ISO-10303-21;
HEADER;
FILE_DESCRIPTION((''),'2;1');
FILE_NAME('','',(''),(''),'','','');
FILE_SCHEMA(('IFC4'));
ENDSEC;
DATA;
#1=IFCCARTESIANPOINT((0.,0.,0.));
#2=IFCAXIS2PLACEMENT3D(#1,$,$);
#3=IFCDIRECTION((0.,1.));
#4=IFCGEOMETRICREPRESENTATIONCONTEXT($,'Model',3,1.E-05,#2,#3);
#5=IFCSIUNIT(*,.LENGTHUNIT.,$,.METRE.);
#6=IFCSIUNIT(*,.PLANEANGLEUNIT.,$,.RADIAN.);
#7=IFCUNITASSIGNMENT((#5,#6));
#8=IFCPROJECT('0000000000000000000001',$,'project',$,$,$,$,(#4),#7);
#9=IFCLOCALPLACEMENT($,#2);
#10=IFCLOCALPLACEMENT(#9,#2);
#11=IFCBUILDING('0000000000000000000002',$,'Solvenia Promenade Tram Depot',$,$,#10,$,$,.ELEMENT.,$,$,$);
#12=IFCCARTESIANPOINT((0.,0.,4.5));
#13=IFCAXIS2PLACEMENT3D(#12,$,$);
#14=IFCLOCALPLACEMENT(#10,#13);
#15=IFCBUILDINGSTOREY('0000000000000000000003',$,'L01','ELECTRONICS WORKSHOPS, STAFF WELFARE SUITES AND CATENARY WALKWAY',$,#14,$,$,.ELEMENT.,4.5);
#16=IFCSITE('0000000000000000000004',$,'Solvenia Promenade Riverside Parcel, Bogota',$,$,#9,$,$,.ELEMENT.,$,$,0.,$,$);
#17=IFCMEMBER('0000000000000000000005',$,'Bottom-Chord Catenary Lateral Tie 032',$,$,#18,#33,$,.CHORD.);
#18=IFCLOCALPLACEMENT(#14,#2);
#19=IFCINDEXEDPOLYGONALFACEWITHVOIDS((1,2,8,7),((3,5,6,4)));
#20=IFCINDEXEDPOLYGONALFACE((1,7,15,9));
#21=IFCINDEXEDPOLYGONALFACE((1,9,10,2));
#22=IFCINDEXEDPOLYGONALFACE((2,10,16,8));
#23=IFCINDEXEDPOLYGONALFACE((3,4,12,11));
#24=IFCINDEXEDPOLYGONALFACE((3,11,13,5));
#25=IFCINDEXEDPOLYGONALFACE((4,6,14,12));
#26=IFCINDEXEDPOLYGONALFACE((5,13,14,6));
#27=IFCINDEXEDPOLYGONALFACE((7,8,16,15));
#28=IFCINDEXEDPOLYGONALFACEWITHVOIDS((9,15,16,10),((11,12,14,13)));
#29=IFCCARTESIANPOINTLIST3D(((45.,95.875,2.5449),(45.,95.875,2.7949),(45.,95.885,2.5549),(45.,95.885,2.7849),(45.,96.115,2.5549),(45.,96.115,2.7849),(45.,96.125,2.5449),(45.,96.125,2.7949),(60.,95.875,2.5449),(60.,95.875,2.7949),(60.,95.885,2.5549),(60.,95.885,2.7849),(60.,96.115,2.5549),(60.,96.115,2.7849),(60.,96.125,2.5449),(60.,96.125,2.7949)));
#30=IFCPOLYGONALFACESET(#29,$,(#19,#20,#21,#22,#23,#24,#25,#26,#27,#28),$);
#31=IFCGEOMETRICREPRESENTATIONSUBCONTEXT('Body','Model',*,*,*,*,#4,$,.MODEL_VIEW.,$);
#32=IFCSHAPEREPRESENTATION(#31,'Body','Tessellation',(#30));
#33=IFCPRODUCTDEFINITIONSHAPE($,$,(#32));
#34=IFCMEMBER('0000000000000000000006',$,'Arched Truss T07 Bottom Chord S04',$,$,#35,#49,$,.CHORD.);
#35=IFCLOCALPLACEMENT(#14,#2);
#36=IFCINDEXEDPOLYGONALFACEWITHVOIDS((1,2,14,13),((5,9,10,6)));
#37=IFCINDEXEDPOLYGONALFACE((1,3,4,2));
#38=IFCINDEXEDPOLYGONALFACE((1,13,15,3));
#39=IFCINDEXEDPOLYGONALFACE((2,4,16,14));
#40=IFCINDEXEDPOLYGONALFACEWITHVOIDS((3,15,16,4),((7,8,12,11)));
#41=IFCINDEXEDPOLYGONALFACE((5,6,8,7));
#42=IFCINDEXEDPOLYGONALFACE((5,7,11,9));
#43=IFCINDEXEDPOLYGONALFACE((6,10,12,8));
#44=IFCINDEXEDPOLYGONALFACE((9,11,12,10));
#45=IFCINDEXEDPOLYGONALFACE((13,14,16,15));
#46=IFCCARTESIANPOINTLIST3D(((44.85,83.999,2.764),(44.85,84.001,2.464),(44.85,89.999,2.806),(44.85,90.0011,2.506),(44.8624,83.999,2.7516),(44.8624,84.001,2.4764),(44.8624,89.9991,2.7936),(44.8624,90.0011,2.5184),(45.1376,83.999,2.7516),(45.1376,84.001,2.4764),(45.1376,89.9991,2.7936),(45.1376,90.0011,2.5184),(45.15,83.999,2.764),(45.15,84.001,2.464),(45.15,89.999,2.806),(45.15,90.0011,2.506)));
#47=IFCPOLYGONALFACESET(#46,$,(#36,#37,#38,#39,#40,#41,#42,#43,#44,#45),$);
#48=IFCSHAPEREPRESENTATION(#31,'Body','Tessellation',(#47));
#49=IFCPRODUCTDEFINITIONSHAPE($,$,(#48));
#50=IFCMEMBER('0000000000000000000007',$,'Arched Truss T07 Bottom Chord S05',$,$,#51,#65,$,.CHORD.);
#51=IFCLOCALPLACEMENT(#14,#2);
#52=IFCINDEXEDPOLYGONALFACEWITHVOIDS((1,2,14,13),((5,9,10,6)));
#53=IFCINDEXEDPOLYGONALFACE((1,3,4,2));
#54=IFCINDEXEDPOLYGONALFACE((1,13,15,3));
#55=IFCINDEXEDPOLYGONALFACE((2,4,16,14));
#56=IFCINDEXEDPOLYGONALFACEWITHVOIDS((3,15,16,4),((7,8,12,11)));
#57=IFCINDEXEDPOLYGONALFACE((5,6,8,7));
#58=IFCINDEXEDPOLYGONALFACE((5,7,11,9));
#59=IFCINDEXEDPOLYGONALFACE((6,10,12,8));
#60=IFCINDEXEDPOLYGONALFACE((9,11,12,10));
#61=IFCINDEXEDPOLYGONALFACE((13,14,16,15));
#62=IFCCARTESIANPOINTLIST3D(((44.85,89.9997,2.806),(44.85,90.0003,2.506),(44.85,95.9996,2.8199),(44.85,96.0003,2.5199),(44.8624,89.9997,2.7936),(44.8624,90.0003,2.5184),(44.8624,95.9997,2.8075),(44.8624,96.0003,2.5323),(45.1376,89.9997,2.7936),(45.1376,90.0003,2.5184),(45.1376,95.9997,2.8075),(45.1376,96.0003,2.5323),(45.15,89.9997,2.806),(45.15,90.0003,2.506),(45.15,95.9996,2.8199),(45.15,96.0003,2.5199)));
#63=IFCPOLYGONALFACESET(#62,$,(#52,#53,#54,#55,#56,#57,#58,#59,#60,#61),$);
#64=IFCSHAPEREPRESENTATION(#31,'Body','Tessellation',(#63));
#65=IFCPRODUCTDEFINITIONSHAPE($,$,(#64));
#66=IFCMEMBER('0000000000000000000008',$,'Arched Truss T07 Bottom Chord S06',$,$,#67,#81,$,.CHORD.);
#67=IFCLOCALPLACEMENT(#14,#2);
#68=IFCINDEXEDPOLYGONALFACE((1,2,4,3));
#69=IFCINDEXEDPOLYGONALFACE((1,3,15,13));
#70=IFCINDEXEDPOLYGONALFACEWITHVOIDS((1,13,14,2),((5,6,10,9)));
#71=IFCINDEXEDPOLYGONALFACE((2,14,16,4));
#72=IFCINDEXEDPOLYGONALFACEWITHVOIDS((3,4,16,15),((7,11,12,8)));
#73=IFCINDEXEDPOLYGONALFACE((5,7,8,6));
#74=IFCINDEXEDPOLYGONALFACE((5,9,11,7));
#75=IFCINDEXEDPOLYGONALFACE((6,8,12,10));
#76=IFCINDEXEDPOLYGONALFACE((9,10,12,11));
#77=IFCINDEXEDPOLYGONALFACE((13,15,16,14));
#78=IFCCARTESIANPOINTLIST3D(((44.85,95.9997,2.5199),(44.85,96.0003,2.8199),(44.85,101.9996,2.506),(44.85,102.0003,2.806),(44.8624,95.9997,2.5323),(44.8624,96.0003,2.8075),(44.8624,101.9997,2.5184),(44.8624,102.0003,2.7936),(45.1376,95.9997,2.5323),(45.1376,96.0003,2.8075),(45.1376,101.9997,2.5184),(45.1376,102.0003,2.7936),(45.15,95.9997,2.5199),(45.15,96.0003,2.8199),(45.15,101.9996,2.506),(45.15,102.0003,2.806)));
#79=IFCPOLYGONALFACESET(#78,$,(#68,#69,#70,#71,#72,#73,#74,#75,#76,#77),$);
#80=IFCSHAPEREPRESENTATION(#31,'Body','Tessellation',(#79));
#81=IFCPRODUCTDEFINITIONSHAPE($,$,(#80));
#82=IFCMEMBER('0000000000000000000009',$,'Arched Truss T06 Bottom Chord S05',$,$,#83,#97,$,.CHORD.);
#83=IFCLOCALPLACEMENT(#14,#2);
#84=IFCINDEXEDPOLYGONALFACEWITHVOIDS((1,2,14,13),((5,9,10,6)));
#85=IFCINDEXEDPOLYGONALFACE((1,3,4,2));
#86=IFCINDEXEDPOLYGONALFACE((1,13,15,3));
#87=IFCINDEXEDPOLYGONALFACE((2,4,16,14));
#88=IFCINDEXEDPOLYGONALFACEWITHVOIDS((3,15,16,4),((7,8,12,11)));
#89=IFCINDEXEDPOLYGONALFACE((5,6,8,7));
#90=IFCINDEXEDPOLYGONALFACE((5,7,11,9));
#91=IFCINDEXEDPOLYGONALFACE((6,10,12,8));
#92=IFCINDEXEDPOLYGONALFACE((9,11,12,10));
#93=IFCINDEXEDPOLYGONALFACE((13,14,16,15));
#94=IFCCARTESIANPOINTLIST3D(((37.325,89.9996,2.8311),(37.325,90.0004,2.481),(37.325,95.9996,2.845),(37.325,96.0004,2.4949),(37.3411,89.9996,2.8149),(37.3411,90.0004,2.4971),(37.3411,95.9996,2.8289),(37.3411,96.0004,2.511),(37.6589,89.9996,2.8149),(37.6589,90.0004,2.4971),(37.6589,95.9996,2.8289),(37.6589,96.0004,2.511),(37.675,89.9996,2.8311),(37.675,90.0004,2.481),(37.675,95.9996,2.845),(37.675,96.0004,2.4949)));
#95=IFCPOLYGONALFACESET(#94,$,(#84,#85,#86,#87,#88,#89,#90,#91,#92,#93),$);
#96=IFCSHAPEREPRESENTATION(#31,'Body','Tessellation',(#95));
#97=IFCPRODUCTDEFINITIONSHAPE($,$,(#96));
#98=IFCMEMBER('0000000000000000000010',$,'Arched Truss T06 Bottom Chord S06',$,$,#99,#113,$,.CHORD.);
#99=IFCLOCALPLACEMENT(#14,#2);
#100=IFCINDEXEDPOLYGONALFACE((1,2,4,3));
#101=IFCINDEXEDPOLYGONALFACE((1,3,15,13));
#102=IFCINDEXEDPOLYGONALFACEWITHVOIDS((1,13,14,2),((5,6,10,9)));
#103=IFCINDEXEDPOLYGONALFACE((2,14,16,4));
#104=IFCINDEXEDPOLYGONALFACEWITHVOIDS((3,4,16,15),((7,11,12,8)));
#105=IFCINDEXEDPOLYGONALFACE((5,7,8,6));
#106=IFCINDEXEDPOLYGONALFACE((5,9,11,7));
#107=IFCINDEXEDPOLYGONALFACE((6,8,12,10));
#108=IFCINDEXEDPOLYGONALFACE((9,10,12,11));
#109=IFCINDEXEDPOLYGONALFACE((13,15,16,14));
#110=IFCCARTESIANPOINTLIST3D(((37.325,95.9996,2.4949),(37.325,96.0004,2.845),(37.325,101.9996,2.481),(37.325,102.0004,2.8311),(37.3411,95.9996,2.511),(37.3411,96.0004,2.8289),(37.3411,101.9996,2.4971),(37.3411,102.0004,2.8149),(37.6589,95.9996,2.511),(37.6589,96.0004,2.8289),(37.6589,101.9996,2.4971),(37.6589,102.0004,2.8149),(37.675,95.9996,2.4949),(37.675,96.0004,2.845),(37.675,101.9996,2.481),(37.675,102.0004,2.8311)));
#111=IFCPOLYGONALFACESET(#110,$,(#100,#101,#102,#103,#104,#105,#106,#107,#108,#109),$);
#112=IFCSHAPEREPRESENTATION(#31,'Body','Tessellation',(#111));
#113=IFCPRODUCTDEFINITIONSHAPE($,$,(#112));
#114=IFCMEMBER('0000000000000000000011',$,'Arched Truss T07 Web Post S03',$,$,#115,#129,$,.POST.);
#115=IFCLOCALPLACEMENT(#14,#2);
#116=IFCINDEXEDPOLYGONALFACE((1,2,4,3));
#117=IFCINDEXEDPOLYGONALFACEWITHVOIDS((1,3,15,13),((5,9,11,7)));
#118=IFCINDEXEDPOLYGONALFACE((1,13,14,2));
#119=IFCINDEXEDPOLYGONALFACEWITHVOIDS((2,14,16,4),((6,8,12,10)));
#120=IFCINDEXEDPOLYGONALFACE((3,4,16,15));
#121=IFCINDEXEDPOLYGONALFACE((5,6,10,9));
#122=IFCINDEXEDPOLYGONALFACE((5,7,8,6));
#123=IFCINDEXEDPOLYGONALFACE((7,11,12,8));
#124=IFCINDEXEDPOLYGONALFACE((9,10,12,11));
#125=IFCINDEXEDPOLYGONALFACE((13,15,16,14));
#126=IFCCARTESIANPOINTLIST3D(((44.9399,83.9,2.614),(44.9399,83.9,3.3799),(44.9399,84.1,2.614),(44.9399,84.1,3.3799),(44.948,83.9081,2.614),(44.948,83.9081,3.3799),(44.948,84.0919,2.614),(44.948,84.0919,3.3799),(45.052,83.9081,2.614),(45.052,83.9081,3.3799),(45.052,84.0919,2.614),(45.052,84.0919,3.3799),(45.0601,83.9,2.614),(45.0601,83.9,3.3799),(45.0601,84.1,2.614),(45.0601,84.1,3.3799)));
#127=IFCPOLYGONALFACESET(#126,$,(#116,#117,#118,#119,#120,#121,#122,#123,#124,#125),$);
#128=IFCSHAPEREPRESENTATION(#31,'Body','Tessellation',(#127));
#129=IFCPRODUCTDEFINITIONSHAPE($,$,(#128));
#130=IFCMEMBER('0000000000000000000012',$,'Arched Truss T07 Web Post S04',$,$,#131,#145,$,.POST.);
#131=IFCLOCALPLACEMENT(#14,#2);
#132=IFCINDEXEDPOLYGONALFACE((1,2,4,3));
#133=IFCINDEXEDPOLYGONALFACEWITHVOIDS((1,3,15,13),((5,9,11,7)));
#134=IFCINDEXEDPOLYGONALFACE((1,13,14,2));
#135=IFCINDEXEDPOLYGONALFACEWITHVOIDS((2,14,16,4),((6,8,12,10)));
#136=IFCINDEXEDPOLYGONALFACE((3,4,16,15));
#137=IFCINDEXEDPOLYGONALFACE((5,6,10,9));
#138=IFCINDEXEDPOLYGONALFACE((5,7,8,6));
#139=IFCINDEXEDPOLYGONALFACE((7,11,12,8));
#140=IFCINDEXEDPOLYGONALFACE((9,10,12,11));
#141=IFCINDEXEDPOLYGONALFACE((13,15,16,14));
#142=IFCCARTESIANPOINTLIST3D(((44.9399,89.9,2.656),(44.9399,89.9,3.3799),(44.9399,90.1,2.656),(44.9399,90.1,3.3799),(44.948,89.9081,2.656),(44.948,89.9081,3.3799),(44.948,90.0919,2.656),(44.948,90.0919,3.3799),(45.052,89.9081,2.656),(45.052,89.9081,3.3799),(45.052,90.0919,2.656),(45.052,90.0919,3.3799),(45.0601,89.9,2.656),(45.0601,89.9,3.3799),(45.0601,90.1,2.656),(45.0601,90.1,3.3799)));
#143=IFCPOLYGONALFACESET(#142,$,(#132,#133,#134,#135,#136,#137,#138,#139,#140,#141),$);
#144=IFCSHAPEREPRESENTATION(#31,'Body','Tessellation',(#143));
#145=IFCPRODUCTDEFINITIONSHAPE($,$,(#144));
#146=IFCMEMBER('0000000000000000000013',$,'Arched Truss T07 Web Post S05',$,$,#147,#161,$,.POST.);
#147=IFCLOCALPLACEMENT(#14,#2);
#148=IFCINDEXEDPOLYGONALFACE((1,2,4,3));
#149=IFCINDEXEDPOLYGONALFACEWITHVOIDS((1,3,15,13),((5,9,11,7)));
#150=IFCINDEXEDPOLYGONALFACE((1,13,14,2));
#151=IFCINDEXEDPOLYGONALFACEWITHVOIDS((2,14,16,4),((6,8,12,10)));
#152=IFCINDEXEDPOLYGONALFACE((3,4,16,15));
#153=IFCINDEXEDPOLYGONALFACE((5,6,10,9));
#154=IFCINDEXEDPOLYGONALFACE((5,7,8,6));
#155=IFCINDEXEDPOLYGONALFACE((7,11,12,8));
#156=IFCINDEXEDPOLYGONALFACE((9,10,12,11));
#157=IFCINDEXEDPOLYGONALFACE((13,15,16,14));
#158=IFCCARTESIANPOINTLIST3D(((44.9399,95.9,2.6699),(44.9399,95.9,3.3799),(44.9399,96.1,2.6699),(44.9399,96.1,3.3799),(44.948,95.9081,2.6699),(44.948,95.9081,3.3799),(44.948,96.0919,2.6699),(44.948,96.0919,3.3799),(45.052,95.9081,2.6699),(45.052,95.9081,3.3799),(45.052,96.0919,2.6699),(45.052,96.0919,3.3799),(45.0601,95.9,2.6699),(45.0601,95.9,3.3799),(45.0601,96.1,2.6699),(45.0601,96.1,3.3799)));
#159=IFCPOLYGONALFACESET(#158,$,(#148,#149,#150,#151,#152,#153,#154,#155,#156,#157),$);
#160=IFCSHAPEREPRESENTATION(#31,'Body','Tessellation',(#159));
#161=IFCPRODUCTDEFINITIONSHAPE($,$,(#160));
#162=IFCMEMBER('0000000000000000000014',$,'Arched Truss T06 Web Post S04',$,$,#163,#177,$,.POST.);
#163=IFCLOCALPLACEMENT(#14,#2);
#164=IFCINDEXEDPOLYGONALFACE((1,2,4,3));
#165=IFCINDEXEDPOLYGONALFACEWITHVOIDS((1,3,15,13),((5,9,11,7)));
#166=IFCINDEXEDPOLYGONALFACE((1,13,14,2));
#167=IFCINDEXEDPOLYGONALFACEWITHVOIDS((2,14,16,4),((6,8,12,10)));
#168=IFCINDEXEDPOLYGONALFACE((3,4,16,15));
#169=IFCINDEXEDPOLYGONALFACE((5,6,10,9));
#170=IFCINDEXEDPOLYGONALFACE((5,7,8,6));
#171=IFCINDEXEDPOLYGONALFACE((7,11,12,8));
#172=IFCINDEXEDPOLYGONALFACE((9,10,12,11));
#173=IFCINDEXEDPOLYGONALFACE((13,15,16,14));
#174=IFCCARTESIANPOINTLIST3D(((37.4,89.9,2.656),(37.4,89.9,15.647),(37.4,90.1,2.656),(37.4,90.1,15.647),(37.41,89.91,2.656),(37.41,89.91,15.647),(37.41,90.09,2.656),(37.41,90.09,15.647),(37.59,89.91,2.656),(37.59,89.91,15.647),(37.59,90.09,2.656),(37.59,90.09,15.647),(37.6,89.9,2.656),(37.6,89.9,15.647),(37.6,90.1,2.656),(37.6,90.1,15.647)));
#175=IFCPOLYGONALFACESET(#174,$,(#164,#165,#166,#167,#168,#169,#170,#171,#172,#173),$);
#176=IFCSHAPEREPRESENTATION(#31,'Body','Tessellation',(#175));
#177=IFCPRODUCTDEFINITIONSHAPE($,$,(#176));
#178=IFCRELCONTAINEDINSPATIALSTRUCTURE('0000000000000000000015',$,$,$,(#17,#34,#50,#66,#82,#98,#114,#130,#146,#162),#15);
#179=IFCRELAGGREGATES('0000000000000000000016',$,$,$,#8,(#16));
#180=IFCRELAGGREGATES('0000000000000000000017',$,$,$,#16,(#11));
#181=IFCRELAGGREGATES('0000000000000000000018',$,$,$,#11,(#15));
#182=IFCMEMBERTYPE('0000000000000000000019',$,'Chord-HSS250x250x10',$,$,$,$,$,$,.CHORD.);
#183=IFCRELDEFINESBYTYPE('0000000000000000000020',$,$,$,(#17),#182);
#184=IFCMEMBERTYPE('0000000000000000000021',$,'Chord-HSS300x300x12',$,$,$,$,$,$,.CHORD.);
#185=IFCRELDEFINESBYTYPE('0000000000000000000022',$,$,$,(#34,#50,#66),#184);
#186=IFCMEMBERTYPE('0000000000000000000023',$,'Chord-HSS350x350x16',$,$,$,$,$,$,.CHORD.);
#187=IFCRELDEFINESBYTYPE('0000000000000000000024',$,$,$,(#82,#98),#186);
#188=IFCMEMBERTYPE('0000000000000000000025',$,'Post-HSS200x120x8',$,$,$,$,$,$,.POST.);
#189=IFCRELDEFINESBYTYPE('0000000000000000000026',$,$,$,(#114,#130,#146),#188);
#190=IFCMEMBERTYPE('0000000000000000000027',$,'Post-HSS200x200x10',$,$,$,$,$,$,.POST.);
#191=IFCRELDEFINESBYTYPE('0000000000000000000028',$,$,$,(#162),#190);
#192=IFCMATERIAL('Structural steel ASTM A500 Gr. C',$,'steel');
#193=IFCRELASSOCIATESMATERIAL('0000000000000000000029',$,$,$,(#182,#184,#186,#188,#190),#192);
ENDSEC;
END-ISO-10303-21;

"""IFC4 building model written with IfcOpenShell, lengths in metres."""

from ifc_helpers import new_model, si_unit, direction, frame, origin, origin_2d, place, context, subcontext, project, spatial, hollow_rectangle, extrude, material, material_profile, profile_set, type_object, element, save


model = new_model("IFC4")

# Units and contexts
model_context = context("Model", 3, precision=1e-05, world=origin(), true_north=direction((0.0, 1.0)))
body_context = subcontext(model_context, "Body", "Model", "MODEL_VIEW")
ifc_project = project(units=[si_unit("LENGTHUNIT", "METRE"), si_unit("PLANEANGLEUNIT", "RADIAN")], contexts=[model_context])

# Site, building, storey
site_placement = place(None, origin())
site = spatial("IfcSite", under=ifc_project, at=site_placement, Name="Solvenia Promenade Riverside Parcel, Bogota", CompositionType="ELEMENT", RefElevation=0.0)
building_placement = place(site_placement, origin())
building = spatial("IfcBuilding", under=site, at=building_placement, Name="Solvenia Promenade Tram Depot", CompositionType="ELEMENT")
storey_placement = place(building_placement, frame((0.0, 0.0, 4.5)))
storey = spatial("IfcBuildingStorey", under=building, at=storey_placement, Name="L01", Description="ELECTRONICS WORKSHOPS, STAFF WELFARE SUITES AND CATENARY WALKWAY", CompositionType="ELEMENT", Elevation=4.5)

# Members
ifc_material = material(Name="Structural steel ASTM A500 Gr. C", Category="steel")
ifc_material_profile_1 = material_profile(ifc_material, hollow_rectangle(XDim=0.25, YDim=0.25, WallThickness=0.01, at=origin_2d()), Name="HSS250x250x10", Category="steel")
ifc_profile_set_1 = profile_set([ifc_material_profile_1], Name="Structural steel ASTM A500 Gr. C")
member_type_1 = type_object("IfcMemberType", Name="Chord-HSS250x250x10", PredefinedType="CHORD", material=ifc_profile_set_1)
for number, where, z_axis, x_axis, name in (
    (1, (45.0, 96.0, 2.6699), (1.0, 0.0, 0.0), (0.0, 1.0, 0.0), "Bottom-Chord Catenary Lateral Tie 032"),
):
    element("IfcMember", number, at=place(storey_placement, frame(where, z_axis=z_axis, x_axis=x_axis)), inside=storey, type_object=member_type_1, Name=name, PredefinedType="CHORD", context=body_context, shape_type="SweptSolid", body=[
        extrude(hollow_rectangle(XDim=0.25, YDim=0.25, WallThickness=0.01, at=origin_2d()), origin(), (0.0, 0.0, 1.0), 15.0),
    ])
ifc_material_profile_2 = material_profile(ifc_material, hollow_rectangle(XDim=0.3, YDim=0.3, WallThickness=0.0125, at=origin_2d()), Name="HSS300x300x12.5", Category="steel")
ifc_profile_set_2 = profile_set([ifc_material_profile_2], Name="Structural steel ASTM A500 Gr. C")
member_type_2 = type_object("IfcMemberType", Name="Chord-HSS300x300x12", PredefinedType="CHORD", material=ifc_profile_set_2)
member_1_placement = place(storey_placement, frame((45.0, 84.0, 2.614), z_axis=(0.0, 0.999976, 0.006999), x_axis=(-1.0, 0.0, 0.0)))
element("IfcMember", 2, at=member_1_placement, inside=storey, type_object=member_type_2, Name="Arched Truss T07 Bottom Chord S04", PredefinedType="CHORD", context=body_context, shape_type="SweptSolid", body=[
    extrude(hollow_rectangle(XDim=0.3, YDim=0.3, WallThickness=0.0125, at=origin_2d()), origin(), (0.0, 0.0, 1.0), 6.0002),
])
for number, where, z_axis, x_axis, name in (
    (3, (45.0, 90.0, 2.656), (0.0, 0.999997, 0.002319), (-1.0, 0.0, 0.0), "Arched Truss T07 Bottom Chord S05"),
    (4, (45.0, 96.0, 2.6699), (0.0, 0.999997, -0.002319), (-1.0, 0.0, 0.0), "Arched Truss T07 Bottom Chord S06"),
):
    element("IfcMember", number, at=place(storey_placement, frame(where, z_axis=z_axis, x_axis=x_axis)), inside=storey, type_object=member_type_2, Name=name, PredefinedType="CHORD", context=body_context, shape_type="SweptSolid", body=[
        extrude(hollow_rectangle(XDim=0.3, YDim=0.3, WallThickness=0.0125, at=origin_2d()), origin(), (0.0, 0.0, 1.0), 6.0),
    ])
ifc_material_profile_3 = material_profile(ifc_material, hollow_rectangle(XDim=0.3501, YDim=0.3501, WallThickness=0.0161, at=origin_2d()), Name="HSS350x350x16", Category="steel")
ifc_profile_set_3 = profile_set([ifc_material_profile_3], Name="Structural steel ASTM A500 Gr. C")
member_type_3 = type_object("IfcMemberType", Name="Chord-HSS350x350x16", PredefinedType="CHORD", material=ifc_profile_set_3)
for number, where, z_axis, x_axis, name in (
    (5, (37.5, 90.0, 2.656), (0.0, 0.999997, 0.002319), (-1.0, 0.0, 0.0), "Arched Truss T06 Bottom Chord S05"),
    (6, (37.5, 96.0, 2.6699), (0.0, 0.999997, -0.002319), (-1.0, 0.0, 0.0), "Arched Truss T06 Bottom Chord S06"),
):
    element("IfcMember", number, at=place(storey_placement, frame(where, z_axis=z_axis, x_axis=x_axis)), inside=storey, type_object=member_type_3, Name=name, PredefinedType="CHORD", context=body_context, shape_type="SweptSolid", body=[
        extrude(hollow_rectangle(XDim=0.3501, YDim=0.3501, WallThickness=0.0161, at=origin_2d()), origin(), (0.0, 0.0, 1.0), 6.0),
    ])
ifc_material_profile_4 = material_profile(ifc_material, hollow_rectangle(XDim=0.1201, YDim=0.2, WallThickness=0.0081, at=origin_2d()), Name="HSS200x120x8", Category="steel")
ifc_profile_set_4 = profile_set([ifc_material_profile_4], Name="Structural steel ASTM A500 Gr. C")
member_type_4 = type_object("IfcMemberType", Name="Post-HSS200x120x8", PredefinedType="POST", material=ifc_profile_set_4)
member_2_placement = place(storey_placement, frame((45.0, 84.0, 2.614), z_axis=(0.0, 0.0, 1.0), x_axis=(1.0, 0.0, 0.0)))
element("IfcMember", 7, at=member_2_placement, inside=storey, type_object=member_type_4, Name="Arched Truss T07 Web Post S03", PredefinedType="POST", context=body_context, shape_type="SweptSolid", body=[
    extrude(hollow_rectangle(XDim=0.1201, YDim=0.2, WallThickness=0.0081, at=origin_2d()), origin(), (0.0, 0.0, 1.0), 0.7659),
])
member_3_placement = place(storey_placement, frame((45.0, 90.0, 2.656), z_axis=(0.0, 0.0, 1.0), x_axis=(1.0, 0.0, 0.0)))
element("IfcMember", 8, at=member_3_placement, inside=storey, type_object=member_type_4, Name="Arched Truss T07 Web Post S04", PredefinedType="POST", context=body_context, shape_type="SweptSolid", body=[
    extrude(hollow_rectangle(XDim=0.1201, YDim=0.2, WallThickness=0.0081, at=origin_2d()), origin(), (0.0, 0.0, 1.0), 0.7239),
])
member_4_placement = place(storey_placement, frame((45.0, 96.0, 2.6699), z_axis=(0.0, 0.0, 1.0), x_axis=(1.0, 0.0, 0.0)))
element("IfcMember", 9, at=member_4_placement, inside=storey, type_object=member_type_4, Name="Arched Truss T07 Web Post S05", PredefinedType="POST", context=body_context, shape_type="SweptSolid", body=[
    extrude(hollow_rectangle(XDim=0.1201, YDim=0.2, WallThickness=0.0081, at=origin_2d()), origin(), (0.0, 0.0, 1.0), 0.71),
])
ifc_material_profile_5 = material_profile(ifc_material, hollow_rectangle(XDim=0.2, YDim=0.2, WallThickness=0.01, at=origin_2d()), Name="HSS200x200x10", Category="steel")
ifc_profile_set_5 = profile_set([ifc_material_profile_5], Name="Structural steel ASTM A500 Gr. C")
member_type_5 = type_object("IfcMemberType", Name="Post-HSS200x200x10", PredefinedType="POST", material=ifc_profile_set_5)
member_5_placement = place(storey_placement, frame((37.5, 90.0, 2.656), z_axis=(0.0, 0.0, 1.0), x_axis=(1.0, 0.0, 0.0)))
element("IfcMember", 10, at=member_5_placement, inside=storey, type_object=member_type_5, Name="Arched Truss T06 Web Post S04", PredefinedType="POST", context=body_context, shape_type="SweptSolid", body=[
    extrude(hollow_rectangle(XDim=0.2, YDim=0.2, WallThickness=0.01, at=origin_2d()), origin(), (0.0, 0.0, 1.0), 12.991),
])

save(model, "model.ifc")
